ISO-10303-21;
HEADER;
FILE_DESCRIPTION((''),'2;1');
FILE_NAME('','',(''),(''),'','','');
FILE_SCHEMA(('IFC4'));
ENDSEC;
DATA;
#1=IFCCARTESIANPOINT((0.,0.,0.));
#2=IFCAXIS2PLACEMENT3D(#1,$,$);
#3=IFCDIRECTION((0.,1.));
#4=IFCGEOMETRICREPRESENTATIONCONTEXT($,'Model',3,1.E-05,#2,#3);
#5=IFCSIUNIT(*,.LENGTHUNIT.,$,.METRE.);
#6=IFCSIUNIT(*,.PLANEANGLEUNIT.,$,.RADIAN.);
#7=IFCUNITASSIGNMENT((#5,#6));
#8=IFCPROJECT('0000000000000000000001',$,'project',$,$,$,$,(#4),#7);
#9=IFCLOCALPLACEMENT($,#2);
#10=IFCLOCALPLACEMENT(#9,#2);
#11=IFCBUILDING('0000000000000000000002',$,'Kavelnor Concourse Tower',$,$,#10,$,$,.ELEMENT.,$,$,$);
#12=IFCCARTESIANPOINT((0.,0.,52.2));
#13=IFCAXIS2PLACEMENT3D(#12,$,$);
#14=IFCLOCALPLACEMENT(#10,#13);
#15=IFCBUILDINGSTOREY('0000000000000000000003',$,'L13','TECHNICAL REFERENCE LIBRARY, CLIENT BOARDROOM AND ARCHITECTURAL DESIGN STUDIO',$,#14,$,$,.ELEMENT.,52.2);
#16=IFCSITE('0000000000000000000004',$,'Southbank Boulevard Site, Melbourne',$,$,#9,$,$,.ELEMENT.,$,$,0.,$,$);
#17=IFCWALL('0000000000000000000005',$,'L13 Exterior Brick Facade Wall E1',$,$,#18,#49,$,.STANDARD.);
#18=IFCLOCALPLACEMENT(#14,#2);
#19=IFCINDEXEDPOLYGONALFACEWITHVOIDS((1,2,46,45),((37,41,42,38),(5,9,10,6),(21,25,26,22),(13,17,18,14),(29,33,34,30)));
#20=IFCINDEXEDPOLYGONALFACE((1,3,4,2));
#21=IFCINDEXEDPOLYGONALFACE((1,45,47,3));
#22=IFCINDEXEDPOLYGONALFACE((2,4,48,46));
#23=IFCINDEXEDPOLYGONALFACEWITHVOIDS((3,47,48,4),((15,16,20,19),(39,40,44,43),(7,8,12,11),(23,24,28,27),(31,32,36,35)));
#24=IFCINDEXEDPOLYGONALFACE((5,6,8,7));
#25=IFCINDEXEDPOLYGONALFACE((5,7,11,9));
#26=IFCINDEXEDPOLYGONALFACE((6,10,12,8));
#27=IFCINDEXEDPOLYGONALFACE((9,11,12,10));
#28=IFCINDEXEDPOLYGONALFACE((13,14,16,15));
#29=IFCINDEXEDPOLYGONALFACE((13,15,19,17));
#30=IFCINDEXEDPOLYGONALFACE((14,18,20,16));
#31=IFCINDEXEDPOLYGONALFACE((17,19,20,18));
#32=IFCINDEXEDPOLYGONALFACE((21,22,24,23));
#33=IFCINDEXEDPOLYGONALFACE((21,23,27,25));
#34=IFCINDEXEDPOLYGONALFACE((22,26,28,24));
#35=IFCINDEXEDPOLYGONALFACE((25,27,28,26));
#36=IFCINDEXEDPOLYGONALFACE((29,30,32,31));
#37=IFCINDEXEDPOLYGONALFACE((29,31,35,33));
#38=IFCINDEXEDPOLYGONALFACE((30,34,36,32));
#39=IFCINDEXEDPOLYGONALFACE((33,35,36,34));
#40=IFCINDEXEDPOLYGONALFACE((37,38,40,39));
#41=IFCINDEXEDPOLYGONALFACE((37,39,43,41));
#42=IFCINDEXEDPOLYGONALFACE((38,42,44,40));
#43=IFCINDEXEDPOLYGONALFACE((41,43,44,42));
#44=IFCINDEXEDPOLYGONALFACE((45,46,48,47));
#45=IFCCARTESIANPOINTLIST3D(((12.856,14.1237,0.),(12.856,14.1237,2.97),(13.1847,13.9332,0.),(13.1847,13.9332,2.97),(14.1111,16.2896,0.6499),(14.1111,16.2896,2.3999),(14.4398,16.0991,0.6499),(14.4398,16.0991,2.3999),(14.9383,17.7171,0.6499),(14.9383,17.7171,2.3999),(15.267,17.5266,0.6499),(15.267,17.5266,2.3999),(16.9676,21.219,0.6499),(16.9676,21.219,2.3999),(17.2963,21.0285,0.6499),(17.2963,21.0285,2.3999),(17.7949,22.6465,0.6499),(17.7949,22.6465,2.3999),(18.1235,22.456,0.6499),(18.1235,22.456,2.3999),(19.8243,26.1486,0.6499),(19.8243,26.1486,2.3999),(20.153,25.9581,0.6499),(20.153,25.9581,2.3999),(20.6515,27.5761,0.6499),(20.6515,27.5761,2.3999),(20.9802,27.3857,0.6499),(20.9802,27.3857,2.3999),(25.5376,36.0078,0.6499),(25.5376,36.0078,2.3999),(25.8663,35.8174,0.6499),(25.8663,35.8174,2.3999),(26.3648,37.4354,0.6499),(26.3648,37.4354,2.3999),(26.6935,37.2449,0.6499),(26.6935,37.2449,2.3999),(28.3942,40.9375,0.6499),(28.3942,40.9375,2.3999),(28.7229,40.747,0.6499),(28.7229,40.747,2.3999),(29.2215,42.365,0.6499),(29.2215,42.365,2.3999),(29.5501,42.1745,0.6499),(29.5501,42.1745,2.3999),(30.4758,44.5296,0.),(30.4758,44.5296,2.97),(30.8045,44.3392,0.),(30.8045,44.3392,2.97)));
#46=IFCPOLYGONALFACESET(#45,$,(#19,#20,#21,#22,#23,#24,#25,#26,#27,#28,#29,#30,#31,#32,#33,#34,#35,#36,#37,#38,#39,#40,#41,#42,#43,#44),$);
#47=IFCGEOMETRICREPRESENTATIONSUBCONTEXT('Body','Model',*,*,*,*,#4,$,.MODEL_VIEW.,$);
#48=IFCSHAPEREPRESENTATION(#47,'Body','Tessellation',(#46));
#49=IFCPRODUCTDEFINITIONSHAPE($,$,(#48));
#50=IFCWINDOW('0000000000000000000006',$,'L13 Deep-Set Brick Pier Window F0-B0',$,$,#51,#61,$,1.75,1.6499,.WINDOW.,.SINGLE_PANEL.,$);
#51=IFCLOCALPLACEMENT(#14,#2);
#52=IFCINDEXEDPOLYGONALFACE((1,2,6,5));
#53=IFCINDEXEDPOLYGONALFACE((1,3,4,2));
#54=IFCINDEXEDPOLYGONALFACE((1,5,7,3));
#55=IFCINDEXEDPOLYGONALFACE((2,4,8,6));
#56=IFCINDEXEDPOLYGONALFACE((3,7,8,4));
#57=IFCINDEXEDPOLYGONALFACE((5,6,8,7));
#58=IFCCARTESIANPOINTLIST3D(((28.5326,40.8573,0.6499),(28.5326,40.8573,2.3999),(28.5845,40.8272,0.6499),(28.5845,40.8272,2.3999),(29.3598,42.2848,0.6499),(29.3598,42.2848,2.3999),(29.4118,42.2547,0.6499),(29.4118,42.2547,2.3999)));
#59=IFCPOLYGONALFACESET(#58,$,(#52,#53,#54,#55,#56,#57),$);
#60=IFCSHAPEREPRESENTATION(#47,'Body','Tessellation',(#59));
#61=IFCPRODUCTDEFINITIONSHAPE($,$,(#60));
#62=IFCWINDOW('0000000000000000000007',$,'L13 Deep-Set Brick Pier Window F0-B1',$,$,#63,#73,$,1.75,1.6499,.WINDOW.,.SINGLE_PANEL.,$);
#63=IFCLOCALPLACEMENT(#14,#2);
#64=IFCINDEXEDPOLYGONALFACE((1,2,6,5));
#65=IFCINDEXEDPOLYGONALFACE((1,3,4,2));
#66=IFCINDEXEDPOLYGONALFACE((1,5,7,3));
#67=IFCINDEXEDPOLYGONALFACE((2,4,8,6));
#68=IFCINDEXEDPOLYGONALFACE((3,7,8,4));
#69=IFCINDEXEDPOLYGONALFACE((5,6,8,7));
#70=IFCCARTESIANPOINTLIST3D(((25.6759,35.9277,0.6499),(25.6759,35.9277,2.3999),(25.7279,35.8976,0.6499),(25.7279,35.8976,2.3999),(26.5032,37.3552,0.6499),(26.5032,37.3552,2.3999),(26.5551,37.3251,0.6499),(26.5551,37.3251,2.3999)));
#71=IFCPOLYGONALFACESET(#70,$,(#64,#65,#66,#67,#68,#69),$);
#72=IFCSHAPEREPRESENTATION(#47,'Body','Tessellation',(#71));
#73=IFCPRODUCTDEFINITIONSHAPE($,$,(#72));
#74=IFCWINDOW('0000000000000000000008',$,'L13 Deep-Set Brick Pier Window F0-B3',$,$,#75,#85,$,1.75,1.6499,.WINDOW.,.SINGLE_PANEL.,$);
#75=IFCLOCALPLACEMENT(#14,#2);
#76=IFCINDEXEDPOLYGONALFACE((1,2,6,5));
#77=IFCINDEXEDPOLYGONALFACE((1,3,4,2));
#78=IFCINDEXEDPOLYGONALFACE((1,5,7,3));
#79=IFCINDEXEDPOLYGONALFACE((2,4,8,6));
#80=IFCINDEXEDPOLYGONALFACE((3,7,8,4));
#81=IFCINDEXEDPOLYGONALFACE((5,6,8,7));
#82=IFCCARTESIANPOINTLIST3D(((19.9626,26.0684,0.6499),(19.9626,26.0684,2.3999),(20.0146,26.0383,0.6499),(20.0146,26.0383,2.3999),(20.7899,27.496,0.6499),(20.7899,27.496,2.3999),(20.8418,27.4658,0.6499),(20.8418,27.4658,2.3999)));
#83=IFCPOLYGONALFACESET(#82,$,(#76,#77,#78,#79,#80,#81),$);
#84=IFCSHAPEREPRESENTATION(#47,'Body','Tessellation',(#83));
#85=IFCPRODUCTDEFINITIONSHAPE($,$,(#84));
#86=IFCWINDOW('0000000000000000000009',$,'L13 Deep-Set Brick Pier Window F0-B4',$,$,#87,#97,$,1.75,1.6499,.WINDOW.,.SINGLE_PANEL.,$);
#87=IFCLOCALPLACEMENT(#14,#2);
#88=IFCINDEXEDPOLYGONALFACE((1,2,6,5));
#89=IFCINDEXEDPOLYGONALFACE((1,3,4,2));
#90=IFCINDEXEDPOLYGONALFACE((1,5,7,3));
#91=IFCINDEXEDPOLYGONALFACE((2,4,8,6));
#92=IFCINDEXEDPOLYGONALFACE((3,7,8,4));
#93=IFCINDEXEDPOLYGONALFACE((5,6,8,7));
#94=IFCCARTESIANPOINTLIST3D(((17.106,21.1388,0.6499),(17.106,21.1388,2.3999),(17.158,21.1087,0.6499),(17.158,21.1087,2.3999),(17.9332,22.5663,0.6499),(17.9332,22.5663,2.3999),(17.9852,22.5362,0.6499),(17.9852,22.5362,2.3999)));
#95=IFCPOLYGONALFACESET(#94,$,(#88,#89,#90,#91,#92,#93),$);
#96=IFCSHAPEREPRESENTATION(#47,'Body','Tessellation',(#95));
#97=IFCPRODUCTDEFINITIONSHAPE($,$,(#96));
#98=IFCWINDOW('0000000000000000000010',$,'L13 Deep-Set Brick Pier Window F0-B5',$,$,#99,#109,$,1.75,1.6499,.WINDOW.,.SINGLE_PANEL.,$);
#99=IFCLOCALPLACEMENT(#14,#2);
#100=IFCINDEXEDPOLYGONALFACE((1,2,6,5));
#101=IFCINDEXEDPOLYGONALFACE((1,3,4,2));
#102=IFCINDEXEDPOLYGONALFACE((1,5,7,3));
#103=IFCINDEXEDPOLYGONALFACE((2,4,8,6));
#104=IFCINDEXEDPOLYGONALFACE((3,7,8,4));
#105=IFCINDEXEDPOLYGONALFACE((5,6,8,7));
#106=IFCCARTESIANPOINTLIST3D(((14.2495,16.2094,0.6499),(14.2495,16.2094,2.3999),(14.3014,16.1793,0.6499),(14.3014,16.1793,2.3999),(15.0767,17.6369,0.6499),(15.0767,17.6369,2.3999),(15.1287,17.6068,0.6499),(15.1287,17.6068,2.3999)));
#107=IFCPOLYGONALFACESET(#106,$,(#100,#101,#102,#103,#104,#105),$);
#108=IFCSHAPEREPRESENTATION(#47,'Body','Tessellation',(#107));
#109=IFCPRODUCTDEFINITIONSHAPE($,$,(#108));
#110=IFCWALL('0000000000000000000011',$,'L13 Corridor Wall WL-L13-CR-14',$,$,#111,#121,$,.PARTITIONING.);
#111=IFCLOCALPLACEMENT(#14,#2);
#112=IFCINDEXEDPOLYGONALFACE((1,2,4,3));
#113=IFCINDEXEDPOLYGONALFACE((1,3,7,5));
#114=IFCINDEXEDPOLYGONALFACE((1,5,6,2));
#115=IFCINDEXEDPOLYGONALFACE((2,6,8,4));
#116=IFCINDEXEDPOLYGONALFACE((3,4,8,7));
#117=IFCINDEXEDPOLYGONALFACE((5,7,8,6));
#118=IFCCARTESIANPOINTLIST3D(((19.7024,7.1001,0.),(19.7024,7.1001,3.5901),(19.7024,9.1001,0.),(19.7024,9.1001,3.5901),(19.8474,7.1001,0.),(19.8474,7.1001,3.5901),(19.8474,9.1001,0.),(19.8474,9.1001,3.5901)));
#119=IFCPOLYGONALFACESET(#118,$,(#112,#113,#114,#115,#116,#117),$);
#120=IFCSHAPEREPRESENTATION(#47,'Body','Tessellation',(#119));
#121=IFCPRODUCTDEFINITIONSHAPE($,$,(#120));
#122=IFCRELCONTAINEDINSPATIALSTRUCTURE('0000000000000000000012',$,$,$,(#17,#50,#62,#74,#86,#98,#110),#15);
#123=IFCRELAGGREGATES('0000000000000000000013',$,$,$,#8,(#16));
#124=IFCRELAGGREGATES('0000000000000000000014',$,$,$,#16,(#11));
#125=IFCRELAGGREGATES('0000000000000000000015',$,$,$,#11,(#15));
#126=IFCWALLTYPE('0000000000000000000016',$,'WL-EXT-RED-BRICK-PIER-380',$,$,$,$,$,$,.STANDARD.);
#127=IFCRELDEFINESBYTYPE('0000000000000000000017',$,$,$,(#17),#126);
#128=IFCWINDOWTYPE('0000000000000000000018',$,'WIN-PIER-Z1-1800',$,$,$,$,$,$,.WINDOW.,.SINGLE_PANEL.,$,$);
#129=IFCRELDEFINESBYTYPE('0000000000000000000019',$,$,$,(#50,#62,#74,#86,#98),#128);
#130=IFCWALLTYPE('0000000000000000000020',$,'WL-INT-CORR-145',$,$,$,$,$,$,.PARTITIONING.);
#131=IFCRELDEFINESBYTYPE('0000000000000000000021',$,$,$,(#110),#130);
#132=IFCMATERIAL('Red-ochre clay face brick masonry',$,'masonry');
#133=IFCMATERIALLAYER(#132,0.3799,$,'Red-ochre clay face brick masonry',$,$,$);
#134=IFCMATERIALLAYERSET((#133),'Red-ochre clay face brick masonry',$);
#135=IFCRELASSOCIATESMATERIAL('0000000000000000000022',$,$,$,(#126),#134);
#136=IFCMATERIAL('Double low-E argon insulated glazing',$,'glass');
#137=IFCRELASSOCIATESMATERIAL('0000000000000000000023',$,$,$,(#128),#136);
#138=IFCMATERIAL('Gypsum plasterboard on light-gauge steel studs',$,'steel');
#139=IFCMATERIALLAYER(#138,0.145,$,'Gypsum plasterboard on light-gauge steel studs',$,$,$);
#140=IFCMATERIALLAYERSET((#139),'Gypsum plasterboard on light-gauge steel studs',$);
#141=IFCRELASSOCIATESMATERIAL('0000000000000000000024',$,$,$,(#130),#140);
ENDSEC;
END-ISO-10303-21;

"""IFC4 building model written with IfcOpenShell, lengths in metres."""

from ifc_helpers import new_model, si_unit, direction, frame, frame_2d, origin, place, context, subcontext, project, spatial, rectangle, extrude, material, layer, layer_set, type_object, element, fill, save


model = new_model("IFC4")

# Units and contexts
model_context = context("Model", 3, precision=1e-05, world=origin(), true_north=direction((0.0, 1.0)))
body_context = subcontext(model_context, "Body", "Model", "MODEL_VIEW")
ifc_project = project(units=[si_unit("LENGTHUNIT", "METRE"), si_unit("PLANEANGLEUNIT", "RADIAN")], contexts=[model_context])

# Site, building, storey
site_placement = place(None, origin())
site = spatial("IfcSite", under=ifc_project, at=site_placement, Name="Southbank Boulevard Site, Melbourne", CompositionType="ELEMENT", RefElevation=0.0)
building_placement = place(site_placement, origin())
building = spatial("IfcBuilding", under=site, at=building_placement, Name="Kavelnor Concourse Tower", CompositionType="ELEMENT")
storey_placement = place(building_placement, frame((0.0, 0.0, 52.2)))
storey = spatial("IfcBuildingStorey", under=building, at=storey_placement, Name="L13", Description="TECHNICAL REFERENCE LIBRARY, CLIENT BOARDROOM AND ARCHITECTURAL DESIGN STUDIO", CompositionType="ELEMENT", Elevation=52.2)

# Wall, openings, windows
ifc_material_1 = material(Name="Red-ochre clay face brick masonry", Category="masonry")
ifc_layer_1 = layer(ifc_material_1, 0.3799, Name="Red-ochre clay face brick masonry")
ifc_layer_set_1 = layer_set([ifc_layer_1], Name="Red-ochre clay face brick masonry")
wall_type_1 = type_object("IfcWallType", Name="WL-EXT-RED-BRICK-PIER-380", PredefinedType="STANDARD", material=ifc_layer_set_1)
wall_1_placement = place(storey_placement, frame((13.0203, 14.0283, 0.0), z_axis=(0.0, 0.0, 1.0), x_axis=(0.501386, 0.865224, 0.0)))
wall_1 = element("IfcWall", 1, at=wall_1_placement, inside=storey, type_object=wall_type_1, Name="L13 Exterior Brick Facade Wall E1", PredefinedType="STANDARD", context=body_context, shape_type="SweptSolid", body=[
    extrude(rectangle(XDim=35.1423, YDim=0.3799, at=frame_2d((17.5713, 0.0))), origin(), (0.0, 0.0, 1.0), 2.97),
])
opening_1_placement = place(wall_1_placement, frame((30.9907, 0.0, 0.6499)))
opening_1 = element("IfcOpeningElement", 2, at=opening_1_placement, cuts=wall_1, PredefinedType="OPENING", context=body_context, shape_type="SweptSolid", body=[
    extrude(rectangle(XDim=1.6499, YDim=1.75, at=frame_2d((0.825, 0.875))), frame((0.0, 0.2, 0.0), z_axis=(0.0, -1.0, 0.0), x_axis=(1.0, 0.0, 0.0)), (0.0, 0.0, 1.0), 0.3999),
])
opening_2_placement = place(wall_1_placement, frame((25.2932, 0.0, 0.6499)))
opening_2 = element("IfcOpeningElement", 3, at=opening_2_placement, cuts=wall_1, PredefinedType="OPENING", context=body_context, shape_type="SweptSolid", body=[
    extrude(rectangle(XDim=1.6499, YDim=1.75, at=frame_2d((0.825, 0.875))), frame((0.0, 0.2, 0.0), z_axis=(0.0, -1.0, 0.0), x_axis=(1.0, 0.0, 0.0)), (0.0, 0.0, 1.0), 0.3999),
])
opening_3_placement = place(wall_1_placement, frame((13.8982, 0.0, 0.6499)))
opening_3 = element("IfcOpeningElement", 4, at=opening_3_placement, cuts=wall_1, PredefinedType="OPENING", context=body_context, shape_type="SweptSolid", body=[
    extrude(rectangle(XDim=1.6499, YDim=1.75, at=frame_2d((0.825, 0.875))), frame((0.0, 0.2, 0.0), z_axis=(0.0, -1.0, 0.0), x_axis=(1.0, 0.0, 0.0)), (0.0, 0.0, 1.0), 0.3999),
])
opening_4_placement = place(wall_1_placement, frame((8.2007, 0.0, 0.6499)))
opening_4 = element("IfcOpeningElement", 5, at=opening_4_placement, cuts=wall_1, PredefinedType="OPENING", context=body_context, shape_type="SweptSolid", body=[
    extrude(rectangle(XDim=1.6499, YDim=1.75, at=frame_2d((0.825, 0.875))), frame((0.0, 0.2, 0.0), z_axis=(0.0, -1.0, 0.0), x_axis=(1.0, 0.0, 0.0)), (0.0, 0.0, 1.0), 0.3999),
])
opening_5_placement = place(wall_1_placement, frame((2.5034, 0.0, 0.6499)))
opening_5 = element("IfcOpeningElement", 6, at=opening_5_placement, cuts=wall_1, PredefinedType="OPENING", context=body_context, shape_type="SweptSolid", body=[
    extrude(rectangle(XDim=1.6499, YDim=1.75, at=frame_2d((0.825, 0.875))), frame((0.0, 0.2, 0.0), z_axis=(0.0, -1.0, 0.0), x_axis=(1.0, 0.0, 0.0)), (0.0, 0.0, 1.0), 0.3999),
])
ifc_material_2 = material(Name="Double low-E argon insulated glazing", Category="glass")
window_type = type_object("IfcWindowType", Name="WIN-PIER-Z1-1800", PartitioningType="SINGLE_PANEL", PredefinedType="WINDOW", material=ifc_material_2)
window_1_placement = place(opening_1_placement, origin())
window_1 = element("IfcWindow", 7, at=window_1_placement, inside=storey, type_object=window_type, Name="L13 Deep-Set Brick Pier Window F0-B0", OverallHeight=1.75, OverallWidth=1.6499, PartitioningType="SINGLE_PANEL", PredefinedType="WINDOW", context=body_context, shape_type="SweptSolid", body=[
    extrude(rectangle(XDim=1.6499, YDim=1.75, at=frame_2d((0.825, 0.875))), frame((0.0, 0.03, 0.0), z_axis=(0.0, -1.0, 0.0), x_axis=(1.0, 0.0, 0.0)), (0.0, 0.0, 1.0), 0.0601),
])
fill(opening_1, window_1)
window_2_placement = place(opening_2_placement, origin())
window_2 = element("IfcWindow", 8, at=window_2_placement, inside=storey, type_object=window_type, Name="L13 Deep-Set Brick Pier Window F0-B1", OverallHeight=1.75, OverallWidth=1.6499, PartitioningType="SINGLE_PANEL", PredefinedType="WINDOW", context=body_context, shape_type="SweptSolid", body=[
    extrude(rectangle(XDim=1.6499, YDim=1.75, at=frame_2d((0.825, 0.875))), frame((0.0, 0.03, 0.0), z_axis=(0.0, -1.0, 0.0), x_axis=(1.0, 0.0, 0.0)), (0.0, 0.0, 1.0), 0.0601),
])
fill(opening_2, window_2)
window_3_placement = place(opening_3_placement, origin())
window_3 = element("IfcWindow", 9, at=window_3_placement, inside=storey, type_object=window_type, Name="L13 Deep-Set Brick Pier Window F0-B3", OverallHeight=1.75, OverallWidth=1.6499, PartitioningType="SINGLE_PANEL", PredefinedType="WINDOW", context=body_context, shape_type="SweptSolid", body=[
    extrude(rectangle(XDim=1.6499, YDim=1.75, at=frame_2d((0.825, 0.875))), frame((0.0, 0.03, 0.0), z_axis=(0.0, -1.0, 0.0), x_axis=(1.0, 0.0, 0.0)), (0.0, 0.0, 1.0), 0.0601),
])
fill(opening_3, window_3)
window_4_placement = place(opening_4_placement, origin())
window_4 = element("IfcWindow", 10, at=window_4_placement, inside=storey, type_object=window_type, Name="L13 Deep-Set Brick Pier Window F0-B4", OverallHeight=1.75, OverallWidth=1.6499, PartitioningType="SINGLE_PANEL", PredefinedType="WINDOW", context=body_context, shape_type="SweptSolid", body=[
    extrude(rectangle(XDim=1.6499, YDim=1.75, at=frame_2d((0.825, 0.875))), frame((0.0, 0.03, 0.0), z_axis=(0.0, -1.0, 0.0), x_axis=(1.0, 0.0, 0.0)), (0.0, 0.0, 1.0), 0.0601),
])
fill(opening_4, window_4)
window_5_placement = place(opening_5_placement, origin())
window_5 = element("IfcWindow", 11, at=window_5_placement, inside=storey, type_object=window_type, Name="L13 Deep-Set Brick Pier Window F0-B5", OverallHeight=1.75, OverallWidth=1.6499, PartitioningType="SINGLE_PANEL", PredefinedType="WINDOW", context=body_context, shape_type="SweptSolid", body=[
    extrude(rectangle(XDim=1.6499, YDim=1.75, at=frame_2d((0.825, 0.875))), frame((0.0, 0.03, 0.0), z_axis=(0.0, -1.0, 0.0), x_axis=(1.0, 0.0, 0.0)), (0.0, 0.0, 1.0), 0.0601),
])
fill(opening_5, window_5)

# Wall
ifc_material_3 = material(Name="Gypsum plasterboard on light-gauge steel studs", Category="steel")
ifc_layer_2 = layer(ifc_material_3, 0.145, Name="Gypsum plasterboard on light-gauge steel studs")
ifc_layer_set_2 = layer_set([ifc_layer_2], Name="Gypsum plasterboard on light-gauge steel studs")
wall_type_2 = type_object("IfcWallType", Name="WL-INT-CORR-145", PredefinedType="PARTITIONING", material=ifc_layer_set_2)
wall_2_placement = place(storey_placement, frame((19.7749, 7.1001, 0.0), z_axis=(0.0, 0.0, 1.0), x_axis=(0.0, 1.0, 0.0)))
element("IfcWall", 12, at=wall_2_placement, inside=storey, type_object=wall_type_2, Name="L13 Corridor Wall WL-L13-CR-14", PredefinedType="PARTITIONING", context=body_context, shape_type="SweptSolid", body=[
    extrude(rectangle(XDim=2.0, YDim=0.145, at=frame_2d((1.0, 0.0))), origin(), (0.0, 0.0, 1.0), 3.5901),
])

save(model, "model.ifc")
